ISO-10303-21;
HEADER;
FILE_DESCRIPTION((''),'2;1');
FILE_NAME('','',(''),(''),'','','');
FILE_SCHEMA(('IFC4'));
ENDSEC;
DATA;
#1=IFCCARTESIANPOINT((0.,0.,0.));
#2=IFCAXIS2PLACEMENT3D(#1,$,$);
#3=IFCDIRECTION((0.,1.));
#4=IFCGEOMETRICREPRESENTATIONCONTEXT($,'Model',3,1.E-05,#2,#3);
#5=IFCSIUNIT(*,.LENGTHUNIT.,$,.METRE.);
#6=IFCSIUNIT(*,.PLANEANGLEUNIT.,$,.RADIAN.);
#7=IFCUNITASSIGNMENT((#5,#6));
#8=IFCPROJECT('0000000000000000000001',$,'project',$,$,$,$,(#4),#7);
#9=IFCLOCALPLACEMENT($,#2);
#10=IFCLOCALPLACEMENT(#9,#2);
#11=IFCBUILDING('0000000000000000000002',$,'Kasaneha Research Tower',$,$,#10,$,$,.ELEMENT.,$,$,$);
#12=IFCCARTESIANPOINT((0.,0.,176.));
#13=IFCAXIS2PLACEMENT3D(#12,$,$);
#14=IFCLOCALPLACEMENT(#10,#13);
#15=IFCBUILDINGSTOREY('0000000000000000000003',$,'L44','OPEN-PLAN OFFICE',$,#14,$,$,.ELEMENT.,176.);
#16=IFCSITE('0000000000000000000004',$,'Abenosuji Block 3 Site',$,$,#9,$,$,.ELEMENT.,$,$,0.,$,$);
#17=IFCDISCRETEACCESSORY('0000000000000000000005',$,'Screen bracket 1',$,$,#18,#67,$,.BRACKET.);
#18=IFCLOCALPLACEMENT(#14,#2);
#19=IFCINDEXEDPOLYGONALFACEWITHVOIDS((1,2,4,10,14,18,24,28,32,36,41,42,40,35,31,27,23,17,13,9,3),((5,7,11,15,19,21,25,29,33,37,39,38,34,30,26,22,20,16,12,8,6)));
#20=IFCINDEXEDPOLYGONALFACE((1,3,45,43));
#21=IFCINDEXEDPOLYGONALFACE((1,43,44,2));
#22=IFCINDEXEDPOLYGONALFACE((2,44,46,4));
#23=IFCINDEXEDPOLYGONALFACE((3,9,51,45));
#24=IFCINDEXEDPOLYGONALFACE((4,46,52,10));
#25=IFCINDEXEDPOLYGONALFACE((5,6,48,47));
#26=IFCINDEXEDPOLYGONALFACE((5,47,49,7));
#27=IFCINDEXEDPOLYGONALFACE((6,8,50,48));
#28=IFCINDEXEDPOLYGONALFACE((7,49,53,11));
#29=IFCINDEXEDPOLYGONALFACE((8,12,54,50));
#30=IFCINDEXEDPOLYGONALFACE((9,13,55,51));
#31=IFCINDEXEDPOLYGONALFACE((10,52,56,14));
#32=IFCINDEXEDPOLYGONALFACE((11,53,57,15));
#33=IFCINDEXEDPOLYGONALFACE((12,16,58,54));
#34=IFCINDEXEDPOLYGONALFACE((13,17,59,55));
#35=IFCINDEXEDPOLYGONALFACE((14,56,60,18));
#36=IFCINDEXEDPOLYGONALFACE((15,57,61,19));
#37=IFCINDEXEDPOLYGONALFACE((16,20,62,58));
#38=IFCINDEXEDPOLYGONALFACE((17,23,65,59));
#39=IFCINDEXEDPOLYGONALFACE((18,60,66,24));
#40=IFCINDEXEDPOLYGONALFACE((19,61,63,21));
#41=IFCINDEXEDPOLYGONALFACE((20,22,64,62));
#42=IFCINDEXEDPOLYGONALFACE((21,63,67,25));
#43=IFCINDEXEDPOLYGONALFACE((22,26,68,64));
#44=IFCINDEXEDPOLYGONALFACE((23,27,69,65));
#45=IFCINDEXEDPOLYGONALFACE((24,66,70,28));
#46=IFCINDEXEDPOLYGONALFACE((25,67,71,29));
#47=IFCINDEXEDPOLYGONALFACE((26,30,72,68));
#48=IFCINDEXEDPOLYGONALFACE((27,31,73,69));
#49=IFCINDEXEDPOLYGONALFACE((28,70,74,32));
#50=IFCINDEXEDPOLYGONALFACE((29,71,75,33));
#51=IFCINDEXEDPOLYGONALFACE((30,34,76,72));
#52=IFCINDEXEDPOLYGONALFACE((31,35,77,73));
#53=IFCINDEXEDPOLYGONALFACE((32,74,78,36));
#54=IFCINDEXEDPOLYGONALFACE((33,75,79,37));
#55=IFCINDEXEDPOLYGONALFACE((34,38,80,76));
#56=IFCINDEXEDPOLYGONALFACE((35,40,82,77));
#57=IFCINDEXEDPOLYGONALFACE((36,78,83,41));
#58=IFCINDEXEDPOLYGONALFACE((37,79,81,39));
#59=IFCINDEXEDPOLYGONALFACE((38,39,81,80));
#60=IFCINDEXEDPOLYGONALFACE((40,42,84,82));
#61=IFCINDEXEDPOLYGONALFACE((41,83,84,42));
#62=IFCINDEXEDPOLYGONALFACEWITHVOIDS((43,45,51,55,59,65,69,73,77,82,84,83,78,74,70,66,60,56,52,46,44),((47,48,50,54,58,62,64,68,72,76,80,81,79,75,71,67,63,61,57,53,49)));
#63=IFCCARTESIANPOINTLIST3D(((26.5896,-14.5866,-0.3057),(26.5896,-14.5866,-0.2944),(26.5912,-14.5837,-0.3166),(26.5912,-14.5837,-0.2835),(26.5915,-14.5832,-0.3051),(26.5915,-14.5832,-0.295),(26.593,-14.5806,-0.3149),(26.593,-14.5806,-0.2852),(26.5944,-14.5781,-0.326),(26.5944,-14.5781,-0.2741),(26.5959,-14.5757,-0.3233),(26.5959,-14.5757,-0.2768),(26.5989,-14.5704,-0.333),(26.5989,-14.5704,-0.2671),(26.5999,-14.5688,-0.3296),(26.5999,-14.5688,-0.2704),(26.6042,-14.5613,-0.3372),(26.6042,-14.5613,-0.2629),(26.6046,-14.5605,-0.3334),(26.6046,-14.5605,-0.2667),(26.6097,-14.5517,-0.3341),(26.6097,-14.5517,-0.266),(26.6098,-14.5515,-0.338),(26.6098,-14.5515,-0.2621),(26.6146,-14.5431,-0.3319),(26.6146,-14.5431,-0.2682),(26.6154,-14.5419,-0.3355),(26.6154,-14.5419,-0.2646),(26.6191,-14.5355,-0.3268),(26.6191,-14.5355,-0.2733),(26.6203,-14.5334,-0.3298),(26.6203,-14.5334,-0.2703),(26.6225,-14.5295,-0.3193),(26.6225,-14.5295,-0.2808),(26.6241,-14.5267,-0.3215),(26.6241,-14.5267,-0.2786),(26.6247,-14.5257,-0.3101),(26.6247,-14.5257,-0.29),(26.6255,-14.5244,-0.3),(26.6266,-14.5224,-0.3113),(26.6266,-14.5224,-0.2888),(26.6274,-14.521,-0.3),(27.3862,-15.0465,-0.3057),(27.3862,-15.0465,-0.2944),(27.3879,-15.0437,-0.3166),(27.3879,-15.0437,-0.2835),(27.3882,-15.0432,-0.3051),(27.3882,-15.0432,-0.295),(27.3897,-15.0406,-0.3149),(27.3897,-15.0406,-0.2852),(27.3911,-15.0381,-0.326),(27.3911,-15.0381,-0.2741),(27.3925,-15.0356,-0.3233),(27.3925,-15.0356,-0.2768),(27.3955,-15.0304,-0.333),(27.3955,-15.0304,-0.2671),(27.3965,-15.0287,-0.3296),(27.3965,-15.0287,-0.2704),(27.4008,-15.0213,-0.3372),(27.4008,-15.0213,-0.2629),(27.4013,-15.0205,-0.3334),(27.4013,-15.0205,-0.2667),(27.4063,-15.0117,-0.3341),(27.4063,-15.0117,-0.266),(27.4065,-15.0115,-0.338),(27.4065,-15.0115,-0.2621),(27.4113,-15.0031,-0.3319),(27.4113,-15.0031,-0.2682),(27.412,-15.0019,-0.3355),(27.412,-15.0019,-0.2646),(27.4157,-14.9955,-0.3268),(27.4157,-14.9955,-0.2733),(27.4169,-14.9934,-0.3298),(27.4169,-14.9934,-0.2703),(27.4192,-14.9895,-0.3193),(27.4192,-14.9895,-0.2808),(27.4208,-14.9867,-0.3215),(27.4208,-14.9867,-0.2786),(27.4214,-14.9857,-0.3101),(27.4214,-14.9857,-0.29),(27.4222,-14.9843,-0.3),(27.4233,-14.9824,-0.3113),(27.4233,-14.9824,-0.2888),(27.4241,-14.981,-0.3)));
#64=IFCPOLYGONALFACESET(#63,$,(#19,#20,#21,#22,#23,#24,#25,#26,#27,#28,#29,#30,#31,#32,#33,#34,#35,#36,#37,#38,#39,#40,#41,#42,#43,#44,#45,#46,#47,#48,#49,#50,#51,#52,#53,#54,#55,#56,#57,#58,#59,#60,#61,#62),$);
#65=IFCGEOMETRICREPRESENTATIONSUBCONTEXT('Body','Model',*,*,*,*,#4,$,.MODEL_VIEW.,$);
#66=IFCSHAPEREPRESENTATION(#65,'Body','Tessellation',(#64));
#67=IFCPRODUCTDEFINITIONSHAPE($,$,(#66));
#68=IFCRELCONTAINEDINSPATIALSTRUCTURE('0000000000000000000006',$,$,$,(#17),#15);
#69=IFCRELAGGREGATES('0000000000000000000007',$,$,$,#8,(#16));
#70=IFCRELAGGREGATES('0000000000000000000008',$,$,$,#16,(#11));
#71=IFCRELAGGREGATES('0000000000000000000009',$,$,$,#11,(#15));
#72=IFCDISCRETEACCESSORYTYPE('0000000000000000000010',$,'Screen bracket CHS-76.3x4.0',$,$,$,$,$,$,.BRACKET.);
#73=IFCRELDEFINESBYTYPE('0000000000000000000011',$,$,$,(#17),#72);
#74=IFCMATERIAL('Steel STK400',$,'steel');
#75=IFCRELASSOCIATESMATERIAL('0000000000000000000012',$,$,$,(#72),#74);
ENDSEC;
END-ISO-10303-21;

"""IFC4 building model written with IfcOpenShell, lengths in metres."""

from ifc_helpers import new_model, si_unit, direction, frame, origin, origin_2d, place, context, subcontext, project, spatial, hollow_circle, extrude, material, material_profile, profile_set, type_object, element, save


model = new_model("IFC4")

# Units and contexts
model_context = context("Model", 3, precision=1e-05, world=origin(), true_north=direction((0.0, 1.0)))
body_context = subcontext(model_context, "Body", "Model", "MODEL_VIEW")
ifc_project = project(units=[si_unit("LENGTHUNIT", "METRE"), si_unit("PLANEANGLEUNIT", "RADIAN")], contexts=[model_context])

# Site, building, storey
site_placement = place(None, origin())
site = spatial("IfcSite", under=ifc_project, at=site_placement, Name="Abenosuji Block 3 Site", CompositionType="ELEMENT", RefElevation=0.0)
building_placement = place(site_placement, origin())
building = spatial("IfcBuilding", under=site, at=building_placement, Name="Kasaneha Research Tower", CompositionType="ELEMENT")
storey_placement = place(building_placement, frame((0.0, 0.0, 176.0)))
storey = spatial("IfcBuildingStorey", under=building, at=storey_placement, Name="L44", Description="OPEN-PLAN OFFICE", CompositionType="ELEMENT", Elevation=176.0)

# Discrete accessory
ifc_material_1 = material(Name="Steel STK400", Category="steel")
ifc_material_profile_1 = material_profile(ifc_material_1, hollow_circle(Radius=0.0381, WallThickness=0.0039, at=origin_2d()), Name="CHS-76.3x4.0")
ifc_profile_set_1 = profile_set([ifc_material_profile_1], Name="Steel STK400")
discrete_accessory_type = type_object("IfcDiscreteAccessoryType", Name="Screen bracket CHS-76.3x4.0", PredefinedType="BRACKET", material=ifc_profile_set_1)
for number, where, z_axis, x_axis, name in (
    (1, (26.6084, -14.554, -0.3), (0.866013, -0.500021, 0.0), (0.500021, 0.866013, 0.0), "Screen bracket 1"),
):
    element("IfcDiscreteAccessory", number, at=place(storey_placement, frame(where, z_axis=z_axis, x_axis=x_axis)), inside=storey, type_object=discrete_accessory_type, Name=name, PredefinedType="BRACKET", context=body_context, shape_type="SweptSolid", body=[
        extrude(hollow_circle(Radius=0.0381, WallThickness=0.0039, at=origin_2d()), origin(), (0.0, 0.0, 1.0), 0.9199),
    ])

save(model, "model.ifc")
